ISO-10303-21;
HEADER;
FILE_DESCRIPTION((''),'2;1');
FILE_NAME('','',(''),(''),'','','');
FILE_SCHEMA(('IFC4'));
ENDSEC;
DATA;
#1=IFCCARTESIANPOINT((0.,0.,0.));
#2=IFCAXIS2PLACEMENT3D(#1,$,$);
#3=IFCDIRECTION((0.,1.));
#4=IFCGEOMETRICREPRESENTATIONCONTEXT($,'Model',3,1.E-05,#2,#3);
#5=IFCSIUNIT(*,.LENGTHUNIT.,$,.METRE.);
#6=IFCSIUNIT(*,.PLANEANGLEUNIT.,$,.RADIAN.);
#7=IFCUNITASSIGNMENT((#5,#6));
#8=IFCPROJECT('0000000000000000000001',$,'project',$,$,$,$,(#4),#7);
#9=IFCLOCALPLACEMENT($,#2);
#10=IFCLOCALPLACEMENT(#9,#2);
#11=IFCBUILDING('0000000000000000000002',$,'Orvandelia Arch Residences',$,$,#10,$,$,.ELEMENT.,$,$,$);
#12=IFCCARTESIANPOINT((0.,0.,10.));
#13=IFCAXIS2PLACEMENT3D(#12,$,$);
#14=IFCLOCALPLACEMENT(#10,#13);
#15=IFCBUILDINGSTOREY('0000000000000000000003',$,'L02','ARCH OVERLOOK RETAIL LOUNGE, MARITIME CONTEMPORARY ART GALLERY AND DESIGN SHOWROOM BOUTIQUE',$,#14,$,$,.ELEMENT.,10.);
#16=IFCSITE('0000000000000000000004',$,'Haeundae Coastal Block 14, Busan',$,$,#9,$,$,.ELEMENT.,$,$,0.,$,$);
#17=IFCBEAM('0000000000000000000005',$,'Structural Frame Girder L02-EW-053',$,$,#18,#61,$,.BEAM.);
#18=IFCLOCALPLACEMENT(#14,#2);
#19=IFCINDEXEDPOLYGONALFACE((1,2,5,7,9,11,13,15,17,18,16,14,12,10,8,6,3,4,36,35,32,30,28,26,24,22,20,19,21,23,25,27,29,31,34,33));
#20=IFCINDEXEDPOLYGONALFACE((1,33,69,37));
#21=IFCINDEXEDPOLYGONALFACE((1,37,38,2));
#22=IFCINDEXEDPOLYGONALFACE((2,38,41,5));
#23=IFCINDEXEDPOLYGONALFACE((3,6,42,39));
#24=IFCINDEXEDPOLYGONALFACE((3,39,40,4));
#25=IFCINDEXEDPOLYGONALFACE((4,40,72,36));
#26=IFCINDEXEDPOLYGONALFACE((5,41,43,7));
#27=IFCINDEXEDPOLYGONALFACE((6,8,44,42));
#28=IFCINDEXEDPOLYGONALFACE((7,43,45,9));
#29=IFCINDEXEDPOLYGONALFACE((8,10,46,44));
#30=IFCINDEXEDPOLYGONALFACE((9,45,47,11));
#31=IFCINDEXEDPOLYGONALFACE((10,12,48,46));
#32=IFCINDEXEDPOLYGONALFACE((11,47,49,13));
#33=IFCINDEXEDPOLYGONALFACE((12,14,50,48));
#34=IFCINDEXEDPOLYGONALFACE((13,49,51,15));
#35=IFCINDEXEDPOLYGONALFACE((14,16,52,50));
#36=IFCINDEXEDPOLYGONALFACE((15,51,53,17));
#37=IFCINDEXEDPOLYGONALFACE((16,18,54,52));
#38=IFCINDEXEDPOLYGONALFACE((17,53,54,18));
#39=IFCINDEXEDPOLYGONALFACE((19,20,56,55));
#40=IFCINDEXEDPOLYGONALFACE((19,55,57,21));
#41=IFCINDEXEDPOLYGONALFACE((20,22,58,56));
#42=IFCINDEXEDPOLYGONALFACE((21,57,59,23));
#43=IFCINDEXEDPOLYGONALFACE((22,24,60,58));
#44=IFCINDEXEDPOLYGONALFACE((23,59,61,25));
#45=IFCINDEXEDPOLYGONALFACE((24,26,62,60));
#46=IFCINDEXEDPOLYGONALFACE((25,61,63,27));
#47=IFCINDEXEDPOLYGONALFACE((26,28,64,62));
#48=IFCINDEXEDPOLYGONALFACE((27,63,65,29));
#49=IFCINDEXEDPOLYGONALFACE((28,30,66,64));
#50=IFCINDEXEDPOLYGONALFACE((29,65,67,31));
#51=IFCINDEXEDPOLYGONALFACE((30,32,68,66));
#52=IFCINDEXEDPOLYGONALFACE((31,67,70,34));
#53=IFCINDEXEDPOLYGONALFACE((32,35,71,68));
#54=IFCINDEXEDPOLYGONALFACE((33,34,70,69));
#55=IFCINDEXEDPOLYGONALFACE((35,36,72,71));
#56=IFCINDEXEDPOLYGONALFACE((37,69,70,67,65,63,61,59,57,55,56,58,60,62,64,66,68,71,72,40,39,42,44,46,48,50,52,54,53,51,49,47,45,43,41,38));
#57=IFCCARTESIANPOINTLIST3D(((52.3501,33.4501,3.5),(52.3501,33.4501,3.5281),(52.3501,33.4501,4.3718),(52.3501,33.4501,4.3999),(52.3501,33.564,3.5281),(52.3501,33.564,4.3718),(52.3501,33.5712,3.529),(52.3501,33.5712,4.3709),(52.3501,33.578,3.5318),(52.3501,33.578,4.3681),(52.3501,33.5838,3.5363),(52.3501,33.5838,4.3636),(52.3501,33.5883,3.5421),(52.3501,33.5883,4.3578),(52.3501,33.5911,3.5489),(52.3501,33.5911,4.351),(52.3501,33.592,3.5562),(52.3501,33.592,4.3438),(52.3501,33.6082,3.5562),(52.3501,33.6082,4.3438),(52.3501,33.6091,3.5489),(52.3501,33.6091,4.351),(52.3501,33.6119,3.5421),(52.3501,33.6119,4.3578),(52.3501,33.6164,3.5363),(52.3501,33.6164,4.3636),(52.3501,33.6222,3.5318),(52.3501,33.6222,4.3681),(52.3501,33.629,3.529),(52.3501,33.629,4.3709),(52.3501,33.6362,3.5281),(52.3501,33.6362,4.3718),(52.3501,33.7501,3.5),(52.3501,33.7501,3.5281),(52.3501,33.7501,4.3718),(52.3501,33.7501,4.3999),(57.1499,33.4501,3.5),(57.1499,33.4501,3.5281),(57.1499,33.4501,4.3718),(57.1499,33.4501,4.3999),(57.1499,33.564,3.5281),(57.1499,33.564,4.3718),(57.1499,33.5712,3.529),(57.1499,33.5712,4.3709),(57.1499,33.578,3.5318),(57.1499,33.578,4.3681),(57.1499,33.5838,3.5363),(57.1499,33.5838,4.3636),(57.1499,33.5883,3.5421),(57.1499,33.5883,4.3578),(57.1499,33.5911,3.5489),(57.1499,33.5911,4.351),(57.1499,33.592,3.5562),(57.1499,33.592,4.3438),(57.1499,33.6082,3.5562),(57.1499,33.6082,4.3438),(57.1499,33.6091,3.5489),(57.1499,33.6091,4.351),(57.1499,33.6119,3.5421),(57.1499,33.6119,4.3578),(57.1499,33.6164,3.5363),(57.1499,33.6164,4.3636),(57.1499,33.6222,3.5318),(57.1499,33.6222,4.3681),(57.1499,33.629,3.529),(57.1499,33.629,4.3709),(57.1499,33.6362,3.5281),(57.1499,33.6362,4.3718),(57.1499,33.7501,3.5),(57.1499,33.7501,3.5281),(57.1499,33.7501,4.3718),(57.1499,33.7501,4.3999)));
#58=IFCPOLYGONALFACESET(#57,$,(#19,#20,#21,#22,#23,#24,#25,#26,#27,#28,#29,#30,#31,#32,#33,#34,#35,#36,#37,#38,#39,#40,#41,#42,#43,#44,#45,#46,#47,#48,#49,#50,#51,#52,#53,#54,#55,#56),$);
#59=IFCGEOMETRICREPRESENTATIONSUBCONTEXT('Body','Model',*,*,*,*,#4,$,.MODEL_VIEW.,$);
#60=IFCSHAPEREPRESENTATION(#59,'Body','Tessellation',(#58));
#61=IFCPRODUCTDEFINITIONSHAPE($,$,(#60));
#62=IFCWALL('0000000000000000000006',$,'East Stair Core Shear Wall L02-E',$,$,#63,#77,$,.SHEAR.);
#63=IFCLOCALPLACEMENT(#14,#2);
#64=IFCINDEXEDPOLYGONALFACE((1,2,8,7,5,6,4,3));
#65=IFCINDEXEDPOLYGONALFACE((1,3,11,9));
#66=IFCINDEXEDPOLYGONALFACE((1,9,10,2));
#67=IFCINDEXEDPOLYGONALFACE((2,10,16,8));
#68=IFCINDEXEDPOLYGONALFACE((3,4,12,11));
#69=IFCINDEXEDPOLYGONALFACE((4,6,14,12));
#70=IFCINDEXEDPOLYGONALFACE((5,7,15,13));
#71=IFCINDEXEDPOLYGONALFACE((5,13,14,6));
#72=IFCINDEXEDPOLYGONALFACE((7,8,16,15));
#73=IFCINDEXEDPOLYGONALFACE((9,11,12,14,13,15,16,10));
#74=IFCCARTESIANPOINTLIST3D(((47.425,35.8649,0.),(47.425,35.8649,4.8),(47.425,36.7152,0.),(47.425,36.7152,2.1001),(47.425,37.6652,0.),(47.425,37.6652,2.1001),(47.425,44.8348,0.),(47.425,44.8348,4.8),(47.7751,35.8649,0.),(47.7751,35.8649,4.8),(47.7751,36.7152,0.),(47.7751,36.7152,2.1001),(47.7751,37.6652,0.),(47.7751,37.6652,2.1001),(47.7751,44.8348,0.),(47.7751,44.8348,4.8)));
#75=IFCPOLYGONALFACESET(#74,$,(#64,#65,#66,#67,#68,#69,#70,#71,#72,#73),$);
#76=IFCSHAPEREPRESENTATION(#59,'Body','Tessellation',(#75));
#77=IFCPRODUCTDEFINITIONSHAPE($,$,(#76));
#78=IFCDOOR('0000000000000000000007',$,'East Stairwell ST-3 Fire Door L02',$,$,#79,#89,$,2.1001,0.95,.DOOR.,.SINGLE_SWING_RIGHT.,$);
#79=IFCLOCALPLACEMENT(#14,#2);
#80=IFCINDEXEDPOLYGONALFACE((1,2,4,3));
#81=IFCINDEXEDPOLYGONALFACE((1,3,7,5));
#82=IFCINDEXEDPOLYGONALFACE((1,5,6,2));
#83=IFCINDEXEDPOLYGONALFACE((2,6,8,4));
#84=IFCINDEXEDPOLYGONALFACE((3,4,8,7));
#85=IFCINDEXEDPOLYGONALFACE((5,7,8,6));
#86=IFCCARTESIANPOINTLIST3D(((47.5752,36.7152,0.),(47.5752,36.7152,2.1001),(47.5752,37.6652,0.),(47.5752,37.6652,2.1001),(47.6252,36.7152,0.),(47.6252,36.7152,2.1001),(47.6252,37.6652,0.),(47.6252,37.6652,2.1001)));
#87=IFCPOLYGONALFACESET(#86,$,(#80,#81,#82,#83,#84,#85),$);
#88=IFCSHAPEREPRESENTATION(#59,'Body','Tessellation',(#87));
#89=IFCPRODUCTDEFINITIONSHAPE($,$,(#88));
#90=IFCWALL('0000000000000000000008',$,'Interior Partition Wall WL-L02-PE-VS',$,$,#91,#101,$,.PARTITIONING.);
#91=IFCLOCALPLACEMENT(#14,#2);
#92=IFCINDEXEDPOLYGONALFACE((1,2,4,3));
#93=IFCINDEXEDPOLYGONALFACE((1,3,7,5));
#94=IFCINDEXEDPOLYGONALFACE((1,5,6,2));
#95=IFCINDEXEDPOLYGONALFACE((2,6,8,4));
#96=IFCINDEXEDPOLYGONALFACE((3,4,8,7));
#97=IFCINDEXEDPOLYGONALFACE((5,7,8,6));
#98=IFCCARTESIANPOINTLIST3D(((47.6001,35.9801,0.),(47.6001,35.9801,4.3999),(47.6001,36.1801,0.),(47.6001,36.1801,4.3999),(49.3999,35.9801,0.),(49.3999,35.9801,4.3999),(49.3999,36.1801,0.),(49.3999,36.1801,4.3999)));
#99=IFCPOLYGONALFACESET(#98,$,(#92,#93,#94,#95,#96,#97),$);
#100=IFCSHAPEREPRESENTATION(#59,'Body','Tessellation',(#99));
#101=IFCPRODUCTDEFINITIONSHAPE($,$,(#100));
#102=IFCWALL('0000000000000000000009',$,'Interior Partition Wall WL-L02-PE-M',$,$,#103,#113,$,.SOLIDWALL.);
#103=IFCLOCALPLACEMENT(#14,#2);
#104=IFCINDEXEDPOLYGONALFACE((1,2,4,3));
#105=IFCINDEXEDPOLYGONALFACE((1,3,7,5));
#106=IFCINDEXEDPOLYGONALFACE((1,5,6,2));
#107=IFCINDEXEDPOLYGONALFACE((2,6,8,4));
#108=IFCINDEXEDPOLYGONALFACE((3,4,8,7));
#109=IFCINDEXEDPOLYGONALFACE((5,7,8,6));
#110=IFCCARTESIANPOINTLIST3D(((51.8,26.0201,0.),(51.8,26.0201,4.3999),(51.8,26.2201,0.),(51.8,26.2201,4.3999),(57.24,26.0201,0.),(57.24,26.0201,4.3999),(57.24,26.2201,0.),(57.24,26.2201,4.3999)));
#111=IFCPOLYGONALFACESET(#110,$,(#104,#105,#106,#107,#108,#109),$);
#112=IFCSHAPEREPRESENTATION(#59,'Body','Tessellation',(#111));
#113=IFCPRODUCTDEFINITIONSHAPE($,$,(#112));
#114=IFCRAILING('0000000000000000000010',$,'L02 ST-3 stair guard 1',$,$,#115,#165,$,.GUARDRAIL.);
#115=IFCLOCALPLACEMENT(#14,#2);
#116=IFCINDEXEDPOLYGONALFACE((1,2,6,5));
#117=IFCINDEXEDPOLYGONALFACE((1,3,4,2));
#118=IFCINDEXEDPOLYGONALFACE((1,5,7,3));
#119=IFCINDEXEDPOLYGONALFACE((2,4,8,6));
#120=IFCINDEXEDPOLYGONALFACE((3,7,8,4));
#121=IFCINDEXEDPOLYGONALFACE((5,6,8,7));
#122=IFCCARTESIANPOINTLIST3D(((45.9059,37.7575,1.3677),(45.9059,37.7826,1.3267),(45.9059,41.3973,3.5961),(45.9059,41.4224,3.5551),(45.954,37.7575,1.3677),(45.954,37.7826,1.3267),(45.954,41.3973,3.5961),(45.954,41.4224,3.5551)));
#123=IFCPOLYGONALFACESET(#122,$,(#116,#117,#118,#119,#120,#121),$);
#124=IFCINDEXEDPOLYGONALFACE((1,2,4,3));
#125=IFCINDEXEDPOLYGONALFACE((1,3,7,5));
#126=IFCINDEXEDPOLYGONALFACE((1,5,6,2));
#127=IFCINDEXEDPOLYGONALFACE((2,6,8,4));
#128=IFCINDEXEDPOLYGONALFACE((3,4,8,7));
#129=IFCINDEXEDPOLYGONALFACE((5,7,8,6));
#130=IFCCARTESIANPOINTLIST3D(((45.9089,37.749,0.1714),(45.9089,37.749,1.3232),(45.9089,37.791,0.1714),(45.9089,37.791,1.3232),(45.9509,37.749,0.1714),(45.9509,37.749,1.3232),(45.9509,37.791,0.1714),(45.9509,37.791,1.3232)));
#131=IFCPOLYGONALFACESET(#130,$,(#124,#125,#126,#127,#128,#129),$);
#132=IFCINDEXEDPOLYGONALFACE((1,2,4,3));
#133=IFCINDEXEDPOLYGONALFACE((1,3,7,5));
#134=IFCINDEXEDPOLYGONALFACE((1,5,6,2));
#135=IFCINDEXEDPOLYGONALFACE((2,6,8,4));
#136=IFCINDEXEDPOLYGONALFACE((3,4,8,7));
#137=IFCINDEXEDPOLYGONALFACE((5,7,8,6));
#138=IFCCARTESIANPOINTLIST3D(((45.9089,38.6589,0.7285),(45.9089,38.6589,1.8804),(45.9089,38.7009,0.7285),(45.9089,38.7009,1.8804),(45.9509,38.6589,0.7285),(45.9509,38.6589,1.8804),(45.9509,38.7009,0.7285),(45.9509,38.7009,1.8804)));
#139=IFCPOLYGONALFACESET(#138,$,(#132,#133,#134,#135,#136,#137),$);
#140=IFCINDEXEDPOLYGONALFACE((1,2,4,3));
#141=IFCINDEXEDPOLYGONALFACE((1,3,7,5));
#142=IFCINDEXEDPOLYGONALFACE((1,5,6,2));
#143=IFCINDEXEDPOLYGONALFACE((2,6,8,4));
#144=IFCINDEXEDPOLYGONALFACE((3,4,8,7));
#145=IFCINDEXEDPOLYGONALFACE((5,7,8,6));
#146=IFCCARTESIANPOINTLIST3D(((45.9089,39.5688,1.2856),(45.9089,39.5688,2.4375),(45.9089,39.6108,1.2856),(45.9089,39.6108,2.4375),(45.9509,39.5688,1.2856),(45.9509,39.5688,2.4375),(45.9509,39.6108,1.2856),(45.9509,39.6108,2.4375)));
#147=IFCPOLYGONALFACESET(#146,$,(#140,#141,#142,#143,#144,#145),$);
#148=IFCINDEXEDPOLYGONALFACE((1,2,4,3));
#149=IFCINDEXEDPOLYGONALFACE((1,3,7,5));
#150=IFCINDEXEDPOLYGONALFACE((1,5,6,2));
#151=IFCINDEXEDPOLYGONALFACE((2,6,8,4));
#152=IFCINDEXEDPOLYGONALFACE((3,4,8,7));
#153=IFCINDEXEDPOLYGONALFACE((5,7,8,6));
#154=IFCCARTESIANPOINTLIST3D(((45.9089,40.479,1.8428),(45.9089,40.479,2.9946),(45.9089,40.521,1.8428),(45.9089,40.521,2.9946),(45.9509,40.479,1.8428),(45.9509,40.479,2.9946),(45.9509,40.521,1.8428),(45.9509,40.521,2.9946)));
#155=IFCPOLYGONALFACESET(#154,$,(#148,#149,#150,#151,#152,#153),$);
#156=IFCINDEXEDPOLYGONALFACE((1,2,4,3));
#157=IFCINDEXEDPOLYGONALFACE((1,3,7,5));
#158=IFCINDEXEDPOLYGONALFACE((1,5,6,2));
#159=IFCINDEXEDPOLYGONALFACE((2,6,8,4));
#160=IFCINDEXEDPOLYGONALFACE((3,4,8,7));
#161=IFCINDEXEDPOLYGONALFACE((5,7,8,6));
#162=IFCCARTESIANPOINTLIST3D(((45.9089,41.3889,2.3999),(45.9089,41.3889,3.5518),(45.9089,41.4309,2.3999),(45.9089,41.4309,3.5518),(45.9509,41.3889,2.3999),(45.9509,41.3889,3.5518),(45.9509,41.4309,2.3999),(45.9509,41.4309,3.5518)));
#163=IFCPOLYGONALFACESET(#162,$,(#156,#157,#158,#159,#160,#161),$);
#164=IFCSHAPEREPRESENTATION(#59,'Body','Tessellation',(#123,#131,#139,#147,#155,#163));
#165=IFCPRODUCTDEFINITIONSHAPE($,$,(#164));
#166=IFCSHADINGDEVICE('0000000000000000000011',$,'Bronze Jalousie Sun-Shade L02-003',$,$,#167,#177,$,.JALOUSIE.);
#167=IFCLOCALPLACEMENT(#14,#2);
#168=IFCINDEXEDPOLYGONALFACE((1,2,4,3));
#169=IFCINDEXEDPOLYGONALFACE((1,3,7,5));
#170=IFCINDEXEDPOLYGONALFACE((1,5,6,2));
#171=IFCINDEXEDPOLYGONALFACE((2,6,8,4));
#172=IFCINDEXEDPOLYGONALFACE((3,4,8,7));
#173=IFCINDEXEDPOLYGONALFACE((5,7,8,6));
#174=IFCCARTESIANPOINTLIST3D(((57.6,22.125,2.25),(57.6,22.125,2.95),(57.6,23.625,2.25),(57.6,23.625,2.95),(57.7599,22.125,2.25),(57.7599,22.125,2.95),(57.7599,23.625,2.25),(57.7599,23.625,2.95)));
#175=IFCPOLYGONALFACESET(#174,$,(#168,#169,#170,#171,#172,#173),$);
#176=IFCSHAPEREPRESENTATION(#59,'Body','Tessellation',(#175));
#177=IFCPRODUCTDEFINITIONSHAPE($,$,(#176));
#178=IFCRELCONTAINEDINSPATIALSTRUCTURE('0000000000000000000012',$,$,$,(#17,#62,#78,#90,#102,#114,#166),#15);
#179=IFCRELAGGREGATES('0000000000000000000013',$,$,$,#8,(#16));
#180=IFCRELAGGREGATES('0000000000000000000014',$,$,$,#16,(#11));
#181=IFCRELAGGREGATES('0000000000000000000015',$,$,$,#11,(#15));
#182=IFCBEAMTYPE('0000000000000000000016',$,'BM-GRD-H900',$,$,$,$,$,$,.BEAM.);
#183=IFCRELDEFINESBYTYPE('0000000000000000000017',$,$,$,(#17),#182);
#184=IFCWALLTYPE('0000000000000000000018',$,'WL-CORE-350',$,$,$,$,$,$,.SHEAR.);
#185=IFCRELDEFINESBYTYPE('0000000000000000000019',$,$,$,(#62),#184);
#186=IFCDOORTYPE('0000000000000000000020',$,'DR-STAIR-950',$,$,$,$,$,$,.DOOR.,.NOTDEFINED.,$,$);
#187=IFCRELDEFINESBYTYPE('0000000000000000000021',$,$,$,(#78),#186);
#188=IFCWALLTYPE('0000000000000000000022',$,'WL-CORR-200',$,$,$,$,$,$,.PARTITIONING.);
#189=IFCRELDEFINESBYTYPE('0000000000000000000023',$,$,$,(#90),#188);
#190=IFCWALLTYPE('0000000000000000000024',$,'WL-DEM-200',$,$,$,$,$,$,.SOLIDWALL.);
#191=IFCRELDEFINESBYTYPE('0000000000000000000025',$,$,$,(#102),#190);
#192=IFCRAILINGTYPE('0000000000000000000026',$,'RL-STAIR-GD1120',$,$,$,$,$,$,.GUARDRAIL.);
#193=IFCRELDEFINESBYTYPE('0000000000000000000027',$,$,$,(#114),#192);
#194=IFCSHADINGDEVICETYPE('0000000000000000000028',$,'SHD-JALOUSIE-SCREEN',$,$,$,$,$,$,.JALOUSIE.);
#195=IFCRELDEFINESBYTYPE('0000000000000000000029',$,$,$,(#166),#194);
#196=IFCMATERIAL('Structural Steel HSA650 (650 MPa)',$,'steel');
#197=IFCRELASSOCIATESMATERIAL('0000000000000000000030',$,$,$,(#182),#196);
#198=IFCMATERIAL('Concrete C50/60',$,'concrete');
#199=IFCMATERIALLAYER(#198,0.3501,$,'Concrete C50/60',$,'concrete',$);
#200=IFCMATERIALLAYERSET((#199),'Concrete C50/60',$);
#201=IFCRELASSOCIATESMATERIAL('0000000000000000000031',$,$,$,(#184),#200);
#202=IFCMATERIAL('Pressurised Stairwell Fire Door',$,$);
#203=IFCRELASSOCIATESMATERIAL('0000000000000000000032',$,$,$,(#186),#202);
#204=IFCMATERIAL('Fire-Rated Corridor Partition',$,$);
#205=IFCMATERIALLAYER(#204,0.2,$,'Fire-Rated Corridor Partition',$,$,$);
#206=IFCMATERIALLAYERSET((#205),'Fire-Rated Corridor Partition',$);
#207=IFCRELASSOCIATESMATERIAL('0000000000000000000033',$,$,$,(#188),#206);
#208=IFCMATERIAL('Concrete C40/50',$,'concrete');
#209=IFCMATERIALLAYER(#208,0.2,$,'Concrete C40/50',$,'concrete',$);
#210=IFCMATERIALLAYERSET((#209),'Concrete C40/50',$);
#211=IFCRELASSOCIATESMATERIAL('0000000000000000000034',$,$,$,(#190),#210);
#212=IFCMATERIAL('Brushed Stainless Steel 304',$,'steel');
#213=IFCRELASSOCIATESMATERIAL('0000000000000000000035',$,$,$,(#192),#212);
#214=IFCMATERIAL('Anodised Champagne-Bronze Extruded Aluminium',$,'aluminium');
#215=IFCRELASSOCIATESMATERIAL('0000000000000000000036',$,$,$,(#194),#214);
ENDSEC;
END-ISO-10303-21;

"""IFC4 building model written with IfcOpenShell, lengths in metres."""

from ifc_helpers import new_model, si_unit, direction, frame, frame_2d, origin, origin_2d, place, context, subcontext, project, spatial, rectangle, i_section, extrude, material, layer, layer_set, material_profile, profile_set, type_object, element, fill, save


model = new_model("IFC4")

# Units and contexts
model_context = context("Model", 3, precision=1e-05, world=origin(), true_north=direction((0.0, 1.0)))
body_context = subcontext(model_context, "Body", "Model", "MODEL_VIEW")
ifc_project = project(units=[si_unit("LENGTHUNIT", "METRE"), si_unit("PLANEANGLEUNIT", "RADIAN")], contexts=[model_context])

# Site, building, storey
site_placement = place(None, origin())
site = spatial("IfcSite", under=ifc_project, at=site_placement, Name="Haeundae Coastal Block 14, Busan", CompositionType="ELEMENT", RefElevation=0.0)
building_placement = place(site_placement, origin())
building = spatial("IfcBuilding", under=site, at=building_placement, Name="Orvandelia Arch Residences", CompositionType="ELEMENT")
storey_placement = place(building_placement, frame((0.0, 0.0, 10.0)))
storey = spatial("IfcBuildingStorey", under=building, at=storey_placement, Name="L02", Description="ARCH OVERLOOK RETAIL LOUNGE, MARITIME CONTEMPORARY ART GALLERY AND DESIGN SHOWROOM BOUTIQUE", CompositionType="ELEMENT", Elevation=10.0)

# Beam
ifc_material_1 = material(Name="Structural Steel HSA650 (650 MPa)", Category="steel")
ifc_material_profile_1 = material_profile(ifc_material_1, i_section(OverallWidth=0.3, OverallDepth=0.8999, WebThickness=0.0161, FlangeThickness=0.0281, FilletRadius=0.0281, at=origin_2d()), Name="Structural Steel HSA650 (650 MPa)", Category="steel")
ifc_profile_set_1 = profile_set([ifc_material_profile_1], Name="Structural Steel HSA650 (650 MPa)")
beam_type = type_object("IfcBeamType", Name="BM-GRD-H900", PredefinedType="BEAM", material=ifc_profile_set_1)
for number, where, z_axis, x_axis, name in (
    (1, (52.3501, 33.6001, 3.95), (1.0, 0.0, 0.0), (0.0, 1.0, 0.0), "Structural Frame Girder L02-EW-053"),
):
    element("IfcBeam", number, at=place(storey_placement, frame(where, z_axis=z_axis, x_axis=x_axis)), inside=storey, type_object=beam_type, Name=name, PredefinedType="BEAM", context=body_context, shape_type="SweptSolid", body=[
        extrude(i_section(OverallWidth=0.3, OverallDepth=0.8999, WebThickness=0.0161, FlangeThickness=0.0281, FilletRadius=0.0281, at=origin_2d()), origin(), (0.0, 0.0, 1.0), 4.7998),
    ])

# Wall, opening, door
ifc_material_2 = material(Name="Concrete C50/60", Category="concrete")
ifc_layer_1 = layer(ifc_material_2, 0.3501, Name="Concrete C50/60", Category="concrete")
ifc_layer_set_1 = layer_set([ifc_layer_1], Name="Concrete C50/60")
wall_type_1 = type_object("IfcWallType", Name="WL-CORE-350", PredefinedType="SHEAR", material=ifc_layer_set_1)
wall_1_placement = place(storey_placement, frame((47.6001, 35.865, 0.0), z_axis=(0.0, 0.0, 1.0), x_axis=(0.0, 1.0, 0.0)))
wall_1 = element("IfcWall", 2, at=wall_1_placement, inside=storey, type_object=wall_type_1, Name="East Stair Core Shear Wall L02-E", PredefinedType="SHEAR", context=body_context, shape_type="SweptSolid", body=[
    extrude(rectangle(XDim=8.97, YDim=0.3501, at=frame_2d((4.4849, 0.0))), origin(), (0.0, 0.0, 1.0), 4.8),
])
opening_placement = place(wall_1_placement, frame((0.8501, 0.0, 0.0)))
opening = element("IfcOpeningElement", 3, at=opening_placement, cuts=wall_1, PredefinedType="OPENING", context=body_context, shape_type="SweptSolid", body=[
    extrude(rectangle(XDim=0.95, YDim=2.1001, at=frame_2d((0.4751, 1.05))), frame((0.0, 0.1851, 0.0), z_axis=(0.0, -1.0, 0.0), x_axis=(1.0, 0.0, 0.0)), (0.0, 0.0, 1.0), 0.3701),
])
ifc_material_3 = material(Name="Pressurised Stairwell Fire Door")
door_type = type_object("IfcDoorType", Name="DR-STAIR-950", OperationType="NOTDEFINED", PredefinedType="DOOR", material=ifc_material_3)
door_placement = place(opening_placement, origin())
door = element("IfcDoor", 4, at=door_placement, inside=storey, type_object=door_type, Name="East Stairwell ST-3 Fire Door L02", OperationType="SINGLE_SWING_RIGHT", OverallHeight=2.1001, OverallWidth=0.95, PredefinedType="DOOR", context=body_context, shape_type="SweptSolid", body=[
    extrude(rectangle(XDim=0.95, YDim=2.1001, at=frame_2d((0.4751, 1.05))), frame((0.0, 0.0249, 0.0), z_axis=(0.0, -1.0, 0.0), x_axis=(1.0, 0.0, 0.0)), (0.0, 0.0, 1.0), 0.05),
])
fill(opening, door)

# Walls
ifc_material_4 = material(Name="Fire-Rated Corridor Partition")
ifc_layer_2 = layer(ifc_material_4, 0.2, Name="Fire-Rated Corridor Partition")
ifc_layer_set_2 = layer_set([ifc_layer_2], Name="Fire-Rated Corridor Partition")
wall_type_2 = type_object("IfcWallType", Name="WL-CORR-200", PredefinedType="PARTITIONING", material=ifc_layer_set_2)
wall_2_placement = place(storey_placement, frame((47.6001, 36.0801, 0.0), z_axis=(0.0, 0.0, 1.0), x_axis=(1.0, 0.0, 0.0)))
element("IfcWall", 5, at=wall_2_placement, inside=storey, type_object=wall_type_2, Name="Interior Partition Wall WL-L02-PE-VS", PredefinedType="PARTITIONING", context=body_context, shape_type="SweptSolid", body=[
    extrude(rectangle(XDim=1.7998, YDim=0.2, at=frame_2d((0.8999, 0.0))), origin(), (0.0, 0.0, 1.0), 4.3999),
])
ifc_material_5 = material(Name="Concrete C40/50", Category="concrete")
ifc_layer_3 = layer(ifc_material_5, 0.2, Name="Concrete C40/50", Category="concrete")
ifc_layer_set_3 = layer_set([ifc_layer_3], Name="Concrete C40/50")
wall_type_3 = type_object("IfcWallType", Name="WL-DEM-200", PredefinedType="SOLIDWALL", material=ifc_layer_set_3)
wall_3_placement = place(storey_placement, frame((51.8, 26.1201, 0.0), z_axis=(0.0, 0.0, 1.0), x_axis=(1.0, 0.0, 0.0)))
element("IfcWall", 6, at=wall_3_placement, inside=storey, type_object=wall_type_3, Name="Interior Partition Wall WL-L02-PE-M", PredefinedType="SOLIDWALL", context=body_context, shape_type="SweptSolid", body=[
    extrude(rectangle(XDim=5.4399, YDim=0.2, at=frame_2d((2.72, 0.0))), origin(), (0.0, 0.0, 1.0), 4.3999),
])

# Railing
ifc_material_6 = material(Name="Brushed Stainless Steel 304", Category="steel")
railing_type = type_object("IfcRailingType", Name="RL-STAIR-GD1120", PredefinedType="GUARDRAIL", material=ifc_material_6)
railing_placement = place(storey_placement, frame((45.9299, 37.77, 0.1714)))
element("IfcRailing", 7, at=railing_placement, inside=storey, type_object=railing_type, Name="L02 ST-3 stair guard 1", PredefinedType="GUARDRAIL", context=body_context, shape_type="SweptSolid", body=[
    extrude(rectangle(XDim=0.0481, YDim=0.0481, at=origin_2d()), frame((0.0, 0.0, 1.1758), z_axis=(0.0, 0.85285, 0.522156), x_axis=(-1.0, 0.0, 0.0)), (0.0, 0.0, 1.0), 4.2678),
    extrude(rectangle(XDim=0.042, YDim=0.042, at=origin_2d()), origin(), (0.0, 0.0, 1.0), 1.1519),
    extrude(rectangle(XDim=0.042, YDim=0.042, at=origin_2d()), frame((0.0, 0.9099, 0.5571)), (0.0, 0.0, 1.0), 1.1519),
    extrude(rectangle(XDim=0.042, YDim=0.042, at=origin_2d()), frame((0.0, 1.8198, 1.1143)), (0.0, 0.0, 1.0), 1.1519),
    extrude(rectangle(XDim=0.042, YDim=0.042, at=origin_2d()), frame((0.0, 2.73, 1.6714)), (0.0, 0.0, 1.0), 1.1519),
    extrude(rectangle(XDim=0.042, YDim=0.042, at=origin_2d()), frame((0.0, 3.6399, 2.2285)), (0.0, 0.0, 1.0), 1.1519),
])

# Shading device
ifc_material_7 = material(Name="Anodised Champagne-Bronze Extruded Aluminium", Category="aluminium")
shading_device_type_1 = type_object("IfcShadingDeviceType", Name="SHD-JALOUSIE-SCREEN", PredefinedType="JALOUSIE", material=ifc_material_7)
shading_device_1_placement = place(storey_placement, frame((57.6799, 22.875, 2.25), z_axis=(0.0, 0.0, 1.0), x_axis=(0.0, -1.0, 0.0)))
element("IfcShadingDevice", 8, at=shading_device_1_placement, inside=storey, type_object=shading_device_type_1, Name="Bronze Jalousie Sun-Shade L02-003", PredefinedType="JALOUSIE", context=body_context, shape_type="SweptSolid", body=[
    extrude(rectangle(XDim=1.5, YDim=0.1599, at=origin_2d()), origin(), (0.0, 0.0, 1.0), 0.7),
])

save(model, "model.ifc")
